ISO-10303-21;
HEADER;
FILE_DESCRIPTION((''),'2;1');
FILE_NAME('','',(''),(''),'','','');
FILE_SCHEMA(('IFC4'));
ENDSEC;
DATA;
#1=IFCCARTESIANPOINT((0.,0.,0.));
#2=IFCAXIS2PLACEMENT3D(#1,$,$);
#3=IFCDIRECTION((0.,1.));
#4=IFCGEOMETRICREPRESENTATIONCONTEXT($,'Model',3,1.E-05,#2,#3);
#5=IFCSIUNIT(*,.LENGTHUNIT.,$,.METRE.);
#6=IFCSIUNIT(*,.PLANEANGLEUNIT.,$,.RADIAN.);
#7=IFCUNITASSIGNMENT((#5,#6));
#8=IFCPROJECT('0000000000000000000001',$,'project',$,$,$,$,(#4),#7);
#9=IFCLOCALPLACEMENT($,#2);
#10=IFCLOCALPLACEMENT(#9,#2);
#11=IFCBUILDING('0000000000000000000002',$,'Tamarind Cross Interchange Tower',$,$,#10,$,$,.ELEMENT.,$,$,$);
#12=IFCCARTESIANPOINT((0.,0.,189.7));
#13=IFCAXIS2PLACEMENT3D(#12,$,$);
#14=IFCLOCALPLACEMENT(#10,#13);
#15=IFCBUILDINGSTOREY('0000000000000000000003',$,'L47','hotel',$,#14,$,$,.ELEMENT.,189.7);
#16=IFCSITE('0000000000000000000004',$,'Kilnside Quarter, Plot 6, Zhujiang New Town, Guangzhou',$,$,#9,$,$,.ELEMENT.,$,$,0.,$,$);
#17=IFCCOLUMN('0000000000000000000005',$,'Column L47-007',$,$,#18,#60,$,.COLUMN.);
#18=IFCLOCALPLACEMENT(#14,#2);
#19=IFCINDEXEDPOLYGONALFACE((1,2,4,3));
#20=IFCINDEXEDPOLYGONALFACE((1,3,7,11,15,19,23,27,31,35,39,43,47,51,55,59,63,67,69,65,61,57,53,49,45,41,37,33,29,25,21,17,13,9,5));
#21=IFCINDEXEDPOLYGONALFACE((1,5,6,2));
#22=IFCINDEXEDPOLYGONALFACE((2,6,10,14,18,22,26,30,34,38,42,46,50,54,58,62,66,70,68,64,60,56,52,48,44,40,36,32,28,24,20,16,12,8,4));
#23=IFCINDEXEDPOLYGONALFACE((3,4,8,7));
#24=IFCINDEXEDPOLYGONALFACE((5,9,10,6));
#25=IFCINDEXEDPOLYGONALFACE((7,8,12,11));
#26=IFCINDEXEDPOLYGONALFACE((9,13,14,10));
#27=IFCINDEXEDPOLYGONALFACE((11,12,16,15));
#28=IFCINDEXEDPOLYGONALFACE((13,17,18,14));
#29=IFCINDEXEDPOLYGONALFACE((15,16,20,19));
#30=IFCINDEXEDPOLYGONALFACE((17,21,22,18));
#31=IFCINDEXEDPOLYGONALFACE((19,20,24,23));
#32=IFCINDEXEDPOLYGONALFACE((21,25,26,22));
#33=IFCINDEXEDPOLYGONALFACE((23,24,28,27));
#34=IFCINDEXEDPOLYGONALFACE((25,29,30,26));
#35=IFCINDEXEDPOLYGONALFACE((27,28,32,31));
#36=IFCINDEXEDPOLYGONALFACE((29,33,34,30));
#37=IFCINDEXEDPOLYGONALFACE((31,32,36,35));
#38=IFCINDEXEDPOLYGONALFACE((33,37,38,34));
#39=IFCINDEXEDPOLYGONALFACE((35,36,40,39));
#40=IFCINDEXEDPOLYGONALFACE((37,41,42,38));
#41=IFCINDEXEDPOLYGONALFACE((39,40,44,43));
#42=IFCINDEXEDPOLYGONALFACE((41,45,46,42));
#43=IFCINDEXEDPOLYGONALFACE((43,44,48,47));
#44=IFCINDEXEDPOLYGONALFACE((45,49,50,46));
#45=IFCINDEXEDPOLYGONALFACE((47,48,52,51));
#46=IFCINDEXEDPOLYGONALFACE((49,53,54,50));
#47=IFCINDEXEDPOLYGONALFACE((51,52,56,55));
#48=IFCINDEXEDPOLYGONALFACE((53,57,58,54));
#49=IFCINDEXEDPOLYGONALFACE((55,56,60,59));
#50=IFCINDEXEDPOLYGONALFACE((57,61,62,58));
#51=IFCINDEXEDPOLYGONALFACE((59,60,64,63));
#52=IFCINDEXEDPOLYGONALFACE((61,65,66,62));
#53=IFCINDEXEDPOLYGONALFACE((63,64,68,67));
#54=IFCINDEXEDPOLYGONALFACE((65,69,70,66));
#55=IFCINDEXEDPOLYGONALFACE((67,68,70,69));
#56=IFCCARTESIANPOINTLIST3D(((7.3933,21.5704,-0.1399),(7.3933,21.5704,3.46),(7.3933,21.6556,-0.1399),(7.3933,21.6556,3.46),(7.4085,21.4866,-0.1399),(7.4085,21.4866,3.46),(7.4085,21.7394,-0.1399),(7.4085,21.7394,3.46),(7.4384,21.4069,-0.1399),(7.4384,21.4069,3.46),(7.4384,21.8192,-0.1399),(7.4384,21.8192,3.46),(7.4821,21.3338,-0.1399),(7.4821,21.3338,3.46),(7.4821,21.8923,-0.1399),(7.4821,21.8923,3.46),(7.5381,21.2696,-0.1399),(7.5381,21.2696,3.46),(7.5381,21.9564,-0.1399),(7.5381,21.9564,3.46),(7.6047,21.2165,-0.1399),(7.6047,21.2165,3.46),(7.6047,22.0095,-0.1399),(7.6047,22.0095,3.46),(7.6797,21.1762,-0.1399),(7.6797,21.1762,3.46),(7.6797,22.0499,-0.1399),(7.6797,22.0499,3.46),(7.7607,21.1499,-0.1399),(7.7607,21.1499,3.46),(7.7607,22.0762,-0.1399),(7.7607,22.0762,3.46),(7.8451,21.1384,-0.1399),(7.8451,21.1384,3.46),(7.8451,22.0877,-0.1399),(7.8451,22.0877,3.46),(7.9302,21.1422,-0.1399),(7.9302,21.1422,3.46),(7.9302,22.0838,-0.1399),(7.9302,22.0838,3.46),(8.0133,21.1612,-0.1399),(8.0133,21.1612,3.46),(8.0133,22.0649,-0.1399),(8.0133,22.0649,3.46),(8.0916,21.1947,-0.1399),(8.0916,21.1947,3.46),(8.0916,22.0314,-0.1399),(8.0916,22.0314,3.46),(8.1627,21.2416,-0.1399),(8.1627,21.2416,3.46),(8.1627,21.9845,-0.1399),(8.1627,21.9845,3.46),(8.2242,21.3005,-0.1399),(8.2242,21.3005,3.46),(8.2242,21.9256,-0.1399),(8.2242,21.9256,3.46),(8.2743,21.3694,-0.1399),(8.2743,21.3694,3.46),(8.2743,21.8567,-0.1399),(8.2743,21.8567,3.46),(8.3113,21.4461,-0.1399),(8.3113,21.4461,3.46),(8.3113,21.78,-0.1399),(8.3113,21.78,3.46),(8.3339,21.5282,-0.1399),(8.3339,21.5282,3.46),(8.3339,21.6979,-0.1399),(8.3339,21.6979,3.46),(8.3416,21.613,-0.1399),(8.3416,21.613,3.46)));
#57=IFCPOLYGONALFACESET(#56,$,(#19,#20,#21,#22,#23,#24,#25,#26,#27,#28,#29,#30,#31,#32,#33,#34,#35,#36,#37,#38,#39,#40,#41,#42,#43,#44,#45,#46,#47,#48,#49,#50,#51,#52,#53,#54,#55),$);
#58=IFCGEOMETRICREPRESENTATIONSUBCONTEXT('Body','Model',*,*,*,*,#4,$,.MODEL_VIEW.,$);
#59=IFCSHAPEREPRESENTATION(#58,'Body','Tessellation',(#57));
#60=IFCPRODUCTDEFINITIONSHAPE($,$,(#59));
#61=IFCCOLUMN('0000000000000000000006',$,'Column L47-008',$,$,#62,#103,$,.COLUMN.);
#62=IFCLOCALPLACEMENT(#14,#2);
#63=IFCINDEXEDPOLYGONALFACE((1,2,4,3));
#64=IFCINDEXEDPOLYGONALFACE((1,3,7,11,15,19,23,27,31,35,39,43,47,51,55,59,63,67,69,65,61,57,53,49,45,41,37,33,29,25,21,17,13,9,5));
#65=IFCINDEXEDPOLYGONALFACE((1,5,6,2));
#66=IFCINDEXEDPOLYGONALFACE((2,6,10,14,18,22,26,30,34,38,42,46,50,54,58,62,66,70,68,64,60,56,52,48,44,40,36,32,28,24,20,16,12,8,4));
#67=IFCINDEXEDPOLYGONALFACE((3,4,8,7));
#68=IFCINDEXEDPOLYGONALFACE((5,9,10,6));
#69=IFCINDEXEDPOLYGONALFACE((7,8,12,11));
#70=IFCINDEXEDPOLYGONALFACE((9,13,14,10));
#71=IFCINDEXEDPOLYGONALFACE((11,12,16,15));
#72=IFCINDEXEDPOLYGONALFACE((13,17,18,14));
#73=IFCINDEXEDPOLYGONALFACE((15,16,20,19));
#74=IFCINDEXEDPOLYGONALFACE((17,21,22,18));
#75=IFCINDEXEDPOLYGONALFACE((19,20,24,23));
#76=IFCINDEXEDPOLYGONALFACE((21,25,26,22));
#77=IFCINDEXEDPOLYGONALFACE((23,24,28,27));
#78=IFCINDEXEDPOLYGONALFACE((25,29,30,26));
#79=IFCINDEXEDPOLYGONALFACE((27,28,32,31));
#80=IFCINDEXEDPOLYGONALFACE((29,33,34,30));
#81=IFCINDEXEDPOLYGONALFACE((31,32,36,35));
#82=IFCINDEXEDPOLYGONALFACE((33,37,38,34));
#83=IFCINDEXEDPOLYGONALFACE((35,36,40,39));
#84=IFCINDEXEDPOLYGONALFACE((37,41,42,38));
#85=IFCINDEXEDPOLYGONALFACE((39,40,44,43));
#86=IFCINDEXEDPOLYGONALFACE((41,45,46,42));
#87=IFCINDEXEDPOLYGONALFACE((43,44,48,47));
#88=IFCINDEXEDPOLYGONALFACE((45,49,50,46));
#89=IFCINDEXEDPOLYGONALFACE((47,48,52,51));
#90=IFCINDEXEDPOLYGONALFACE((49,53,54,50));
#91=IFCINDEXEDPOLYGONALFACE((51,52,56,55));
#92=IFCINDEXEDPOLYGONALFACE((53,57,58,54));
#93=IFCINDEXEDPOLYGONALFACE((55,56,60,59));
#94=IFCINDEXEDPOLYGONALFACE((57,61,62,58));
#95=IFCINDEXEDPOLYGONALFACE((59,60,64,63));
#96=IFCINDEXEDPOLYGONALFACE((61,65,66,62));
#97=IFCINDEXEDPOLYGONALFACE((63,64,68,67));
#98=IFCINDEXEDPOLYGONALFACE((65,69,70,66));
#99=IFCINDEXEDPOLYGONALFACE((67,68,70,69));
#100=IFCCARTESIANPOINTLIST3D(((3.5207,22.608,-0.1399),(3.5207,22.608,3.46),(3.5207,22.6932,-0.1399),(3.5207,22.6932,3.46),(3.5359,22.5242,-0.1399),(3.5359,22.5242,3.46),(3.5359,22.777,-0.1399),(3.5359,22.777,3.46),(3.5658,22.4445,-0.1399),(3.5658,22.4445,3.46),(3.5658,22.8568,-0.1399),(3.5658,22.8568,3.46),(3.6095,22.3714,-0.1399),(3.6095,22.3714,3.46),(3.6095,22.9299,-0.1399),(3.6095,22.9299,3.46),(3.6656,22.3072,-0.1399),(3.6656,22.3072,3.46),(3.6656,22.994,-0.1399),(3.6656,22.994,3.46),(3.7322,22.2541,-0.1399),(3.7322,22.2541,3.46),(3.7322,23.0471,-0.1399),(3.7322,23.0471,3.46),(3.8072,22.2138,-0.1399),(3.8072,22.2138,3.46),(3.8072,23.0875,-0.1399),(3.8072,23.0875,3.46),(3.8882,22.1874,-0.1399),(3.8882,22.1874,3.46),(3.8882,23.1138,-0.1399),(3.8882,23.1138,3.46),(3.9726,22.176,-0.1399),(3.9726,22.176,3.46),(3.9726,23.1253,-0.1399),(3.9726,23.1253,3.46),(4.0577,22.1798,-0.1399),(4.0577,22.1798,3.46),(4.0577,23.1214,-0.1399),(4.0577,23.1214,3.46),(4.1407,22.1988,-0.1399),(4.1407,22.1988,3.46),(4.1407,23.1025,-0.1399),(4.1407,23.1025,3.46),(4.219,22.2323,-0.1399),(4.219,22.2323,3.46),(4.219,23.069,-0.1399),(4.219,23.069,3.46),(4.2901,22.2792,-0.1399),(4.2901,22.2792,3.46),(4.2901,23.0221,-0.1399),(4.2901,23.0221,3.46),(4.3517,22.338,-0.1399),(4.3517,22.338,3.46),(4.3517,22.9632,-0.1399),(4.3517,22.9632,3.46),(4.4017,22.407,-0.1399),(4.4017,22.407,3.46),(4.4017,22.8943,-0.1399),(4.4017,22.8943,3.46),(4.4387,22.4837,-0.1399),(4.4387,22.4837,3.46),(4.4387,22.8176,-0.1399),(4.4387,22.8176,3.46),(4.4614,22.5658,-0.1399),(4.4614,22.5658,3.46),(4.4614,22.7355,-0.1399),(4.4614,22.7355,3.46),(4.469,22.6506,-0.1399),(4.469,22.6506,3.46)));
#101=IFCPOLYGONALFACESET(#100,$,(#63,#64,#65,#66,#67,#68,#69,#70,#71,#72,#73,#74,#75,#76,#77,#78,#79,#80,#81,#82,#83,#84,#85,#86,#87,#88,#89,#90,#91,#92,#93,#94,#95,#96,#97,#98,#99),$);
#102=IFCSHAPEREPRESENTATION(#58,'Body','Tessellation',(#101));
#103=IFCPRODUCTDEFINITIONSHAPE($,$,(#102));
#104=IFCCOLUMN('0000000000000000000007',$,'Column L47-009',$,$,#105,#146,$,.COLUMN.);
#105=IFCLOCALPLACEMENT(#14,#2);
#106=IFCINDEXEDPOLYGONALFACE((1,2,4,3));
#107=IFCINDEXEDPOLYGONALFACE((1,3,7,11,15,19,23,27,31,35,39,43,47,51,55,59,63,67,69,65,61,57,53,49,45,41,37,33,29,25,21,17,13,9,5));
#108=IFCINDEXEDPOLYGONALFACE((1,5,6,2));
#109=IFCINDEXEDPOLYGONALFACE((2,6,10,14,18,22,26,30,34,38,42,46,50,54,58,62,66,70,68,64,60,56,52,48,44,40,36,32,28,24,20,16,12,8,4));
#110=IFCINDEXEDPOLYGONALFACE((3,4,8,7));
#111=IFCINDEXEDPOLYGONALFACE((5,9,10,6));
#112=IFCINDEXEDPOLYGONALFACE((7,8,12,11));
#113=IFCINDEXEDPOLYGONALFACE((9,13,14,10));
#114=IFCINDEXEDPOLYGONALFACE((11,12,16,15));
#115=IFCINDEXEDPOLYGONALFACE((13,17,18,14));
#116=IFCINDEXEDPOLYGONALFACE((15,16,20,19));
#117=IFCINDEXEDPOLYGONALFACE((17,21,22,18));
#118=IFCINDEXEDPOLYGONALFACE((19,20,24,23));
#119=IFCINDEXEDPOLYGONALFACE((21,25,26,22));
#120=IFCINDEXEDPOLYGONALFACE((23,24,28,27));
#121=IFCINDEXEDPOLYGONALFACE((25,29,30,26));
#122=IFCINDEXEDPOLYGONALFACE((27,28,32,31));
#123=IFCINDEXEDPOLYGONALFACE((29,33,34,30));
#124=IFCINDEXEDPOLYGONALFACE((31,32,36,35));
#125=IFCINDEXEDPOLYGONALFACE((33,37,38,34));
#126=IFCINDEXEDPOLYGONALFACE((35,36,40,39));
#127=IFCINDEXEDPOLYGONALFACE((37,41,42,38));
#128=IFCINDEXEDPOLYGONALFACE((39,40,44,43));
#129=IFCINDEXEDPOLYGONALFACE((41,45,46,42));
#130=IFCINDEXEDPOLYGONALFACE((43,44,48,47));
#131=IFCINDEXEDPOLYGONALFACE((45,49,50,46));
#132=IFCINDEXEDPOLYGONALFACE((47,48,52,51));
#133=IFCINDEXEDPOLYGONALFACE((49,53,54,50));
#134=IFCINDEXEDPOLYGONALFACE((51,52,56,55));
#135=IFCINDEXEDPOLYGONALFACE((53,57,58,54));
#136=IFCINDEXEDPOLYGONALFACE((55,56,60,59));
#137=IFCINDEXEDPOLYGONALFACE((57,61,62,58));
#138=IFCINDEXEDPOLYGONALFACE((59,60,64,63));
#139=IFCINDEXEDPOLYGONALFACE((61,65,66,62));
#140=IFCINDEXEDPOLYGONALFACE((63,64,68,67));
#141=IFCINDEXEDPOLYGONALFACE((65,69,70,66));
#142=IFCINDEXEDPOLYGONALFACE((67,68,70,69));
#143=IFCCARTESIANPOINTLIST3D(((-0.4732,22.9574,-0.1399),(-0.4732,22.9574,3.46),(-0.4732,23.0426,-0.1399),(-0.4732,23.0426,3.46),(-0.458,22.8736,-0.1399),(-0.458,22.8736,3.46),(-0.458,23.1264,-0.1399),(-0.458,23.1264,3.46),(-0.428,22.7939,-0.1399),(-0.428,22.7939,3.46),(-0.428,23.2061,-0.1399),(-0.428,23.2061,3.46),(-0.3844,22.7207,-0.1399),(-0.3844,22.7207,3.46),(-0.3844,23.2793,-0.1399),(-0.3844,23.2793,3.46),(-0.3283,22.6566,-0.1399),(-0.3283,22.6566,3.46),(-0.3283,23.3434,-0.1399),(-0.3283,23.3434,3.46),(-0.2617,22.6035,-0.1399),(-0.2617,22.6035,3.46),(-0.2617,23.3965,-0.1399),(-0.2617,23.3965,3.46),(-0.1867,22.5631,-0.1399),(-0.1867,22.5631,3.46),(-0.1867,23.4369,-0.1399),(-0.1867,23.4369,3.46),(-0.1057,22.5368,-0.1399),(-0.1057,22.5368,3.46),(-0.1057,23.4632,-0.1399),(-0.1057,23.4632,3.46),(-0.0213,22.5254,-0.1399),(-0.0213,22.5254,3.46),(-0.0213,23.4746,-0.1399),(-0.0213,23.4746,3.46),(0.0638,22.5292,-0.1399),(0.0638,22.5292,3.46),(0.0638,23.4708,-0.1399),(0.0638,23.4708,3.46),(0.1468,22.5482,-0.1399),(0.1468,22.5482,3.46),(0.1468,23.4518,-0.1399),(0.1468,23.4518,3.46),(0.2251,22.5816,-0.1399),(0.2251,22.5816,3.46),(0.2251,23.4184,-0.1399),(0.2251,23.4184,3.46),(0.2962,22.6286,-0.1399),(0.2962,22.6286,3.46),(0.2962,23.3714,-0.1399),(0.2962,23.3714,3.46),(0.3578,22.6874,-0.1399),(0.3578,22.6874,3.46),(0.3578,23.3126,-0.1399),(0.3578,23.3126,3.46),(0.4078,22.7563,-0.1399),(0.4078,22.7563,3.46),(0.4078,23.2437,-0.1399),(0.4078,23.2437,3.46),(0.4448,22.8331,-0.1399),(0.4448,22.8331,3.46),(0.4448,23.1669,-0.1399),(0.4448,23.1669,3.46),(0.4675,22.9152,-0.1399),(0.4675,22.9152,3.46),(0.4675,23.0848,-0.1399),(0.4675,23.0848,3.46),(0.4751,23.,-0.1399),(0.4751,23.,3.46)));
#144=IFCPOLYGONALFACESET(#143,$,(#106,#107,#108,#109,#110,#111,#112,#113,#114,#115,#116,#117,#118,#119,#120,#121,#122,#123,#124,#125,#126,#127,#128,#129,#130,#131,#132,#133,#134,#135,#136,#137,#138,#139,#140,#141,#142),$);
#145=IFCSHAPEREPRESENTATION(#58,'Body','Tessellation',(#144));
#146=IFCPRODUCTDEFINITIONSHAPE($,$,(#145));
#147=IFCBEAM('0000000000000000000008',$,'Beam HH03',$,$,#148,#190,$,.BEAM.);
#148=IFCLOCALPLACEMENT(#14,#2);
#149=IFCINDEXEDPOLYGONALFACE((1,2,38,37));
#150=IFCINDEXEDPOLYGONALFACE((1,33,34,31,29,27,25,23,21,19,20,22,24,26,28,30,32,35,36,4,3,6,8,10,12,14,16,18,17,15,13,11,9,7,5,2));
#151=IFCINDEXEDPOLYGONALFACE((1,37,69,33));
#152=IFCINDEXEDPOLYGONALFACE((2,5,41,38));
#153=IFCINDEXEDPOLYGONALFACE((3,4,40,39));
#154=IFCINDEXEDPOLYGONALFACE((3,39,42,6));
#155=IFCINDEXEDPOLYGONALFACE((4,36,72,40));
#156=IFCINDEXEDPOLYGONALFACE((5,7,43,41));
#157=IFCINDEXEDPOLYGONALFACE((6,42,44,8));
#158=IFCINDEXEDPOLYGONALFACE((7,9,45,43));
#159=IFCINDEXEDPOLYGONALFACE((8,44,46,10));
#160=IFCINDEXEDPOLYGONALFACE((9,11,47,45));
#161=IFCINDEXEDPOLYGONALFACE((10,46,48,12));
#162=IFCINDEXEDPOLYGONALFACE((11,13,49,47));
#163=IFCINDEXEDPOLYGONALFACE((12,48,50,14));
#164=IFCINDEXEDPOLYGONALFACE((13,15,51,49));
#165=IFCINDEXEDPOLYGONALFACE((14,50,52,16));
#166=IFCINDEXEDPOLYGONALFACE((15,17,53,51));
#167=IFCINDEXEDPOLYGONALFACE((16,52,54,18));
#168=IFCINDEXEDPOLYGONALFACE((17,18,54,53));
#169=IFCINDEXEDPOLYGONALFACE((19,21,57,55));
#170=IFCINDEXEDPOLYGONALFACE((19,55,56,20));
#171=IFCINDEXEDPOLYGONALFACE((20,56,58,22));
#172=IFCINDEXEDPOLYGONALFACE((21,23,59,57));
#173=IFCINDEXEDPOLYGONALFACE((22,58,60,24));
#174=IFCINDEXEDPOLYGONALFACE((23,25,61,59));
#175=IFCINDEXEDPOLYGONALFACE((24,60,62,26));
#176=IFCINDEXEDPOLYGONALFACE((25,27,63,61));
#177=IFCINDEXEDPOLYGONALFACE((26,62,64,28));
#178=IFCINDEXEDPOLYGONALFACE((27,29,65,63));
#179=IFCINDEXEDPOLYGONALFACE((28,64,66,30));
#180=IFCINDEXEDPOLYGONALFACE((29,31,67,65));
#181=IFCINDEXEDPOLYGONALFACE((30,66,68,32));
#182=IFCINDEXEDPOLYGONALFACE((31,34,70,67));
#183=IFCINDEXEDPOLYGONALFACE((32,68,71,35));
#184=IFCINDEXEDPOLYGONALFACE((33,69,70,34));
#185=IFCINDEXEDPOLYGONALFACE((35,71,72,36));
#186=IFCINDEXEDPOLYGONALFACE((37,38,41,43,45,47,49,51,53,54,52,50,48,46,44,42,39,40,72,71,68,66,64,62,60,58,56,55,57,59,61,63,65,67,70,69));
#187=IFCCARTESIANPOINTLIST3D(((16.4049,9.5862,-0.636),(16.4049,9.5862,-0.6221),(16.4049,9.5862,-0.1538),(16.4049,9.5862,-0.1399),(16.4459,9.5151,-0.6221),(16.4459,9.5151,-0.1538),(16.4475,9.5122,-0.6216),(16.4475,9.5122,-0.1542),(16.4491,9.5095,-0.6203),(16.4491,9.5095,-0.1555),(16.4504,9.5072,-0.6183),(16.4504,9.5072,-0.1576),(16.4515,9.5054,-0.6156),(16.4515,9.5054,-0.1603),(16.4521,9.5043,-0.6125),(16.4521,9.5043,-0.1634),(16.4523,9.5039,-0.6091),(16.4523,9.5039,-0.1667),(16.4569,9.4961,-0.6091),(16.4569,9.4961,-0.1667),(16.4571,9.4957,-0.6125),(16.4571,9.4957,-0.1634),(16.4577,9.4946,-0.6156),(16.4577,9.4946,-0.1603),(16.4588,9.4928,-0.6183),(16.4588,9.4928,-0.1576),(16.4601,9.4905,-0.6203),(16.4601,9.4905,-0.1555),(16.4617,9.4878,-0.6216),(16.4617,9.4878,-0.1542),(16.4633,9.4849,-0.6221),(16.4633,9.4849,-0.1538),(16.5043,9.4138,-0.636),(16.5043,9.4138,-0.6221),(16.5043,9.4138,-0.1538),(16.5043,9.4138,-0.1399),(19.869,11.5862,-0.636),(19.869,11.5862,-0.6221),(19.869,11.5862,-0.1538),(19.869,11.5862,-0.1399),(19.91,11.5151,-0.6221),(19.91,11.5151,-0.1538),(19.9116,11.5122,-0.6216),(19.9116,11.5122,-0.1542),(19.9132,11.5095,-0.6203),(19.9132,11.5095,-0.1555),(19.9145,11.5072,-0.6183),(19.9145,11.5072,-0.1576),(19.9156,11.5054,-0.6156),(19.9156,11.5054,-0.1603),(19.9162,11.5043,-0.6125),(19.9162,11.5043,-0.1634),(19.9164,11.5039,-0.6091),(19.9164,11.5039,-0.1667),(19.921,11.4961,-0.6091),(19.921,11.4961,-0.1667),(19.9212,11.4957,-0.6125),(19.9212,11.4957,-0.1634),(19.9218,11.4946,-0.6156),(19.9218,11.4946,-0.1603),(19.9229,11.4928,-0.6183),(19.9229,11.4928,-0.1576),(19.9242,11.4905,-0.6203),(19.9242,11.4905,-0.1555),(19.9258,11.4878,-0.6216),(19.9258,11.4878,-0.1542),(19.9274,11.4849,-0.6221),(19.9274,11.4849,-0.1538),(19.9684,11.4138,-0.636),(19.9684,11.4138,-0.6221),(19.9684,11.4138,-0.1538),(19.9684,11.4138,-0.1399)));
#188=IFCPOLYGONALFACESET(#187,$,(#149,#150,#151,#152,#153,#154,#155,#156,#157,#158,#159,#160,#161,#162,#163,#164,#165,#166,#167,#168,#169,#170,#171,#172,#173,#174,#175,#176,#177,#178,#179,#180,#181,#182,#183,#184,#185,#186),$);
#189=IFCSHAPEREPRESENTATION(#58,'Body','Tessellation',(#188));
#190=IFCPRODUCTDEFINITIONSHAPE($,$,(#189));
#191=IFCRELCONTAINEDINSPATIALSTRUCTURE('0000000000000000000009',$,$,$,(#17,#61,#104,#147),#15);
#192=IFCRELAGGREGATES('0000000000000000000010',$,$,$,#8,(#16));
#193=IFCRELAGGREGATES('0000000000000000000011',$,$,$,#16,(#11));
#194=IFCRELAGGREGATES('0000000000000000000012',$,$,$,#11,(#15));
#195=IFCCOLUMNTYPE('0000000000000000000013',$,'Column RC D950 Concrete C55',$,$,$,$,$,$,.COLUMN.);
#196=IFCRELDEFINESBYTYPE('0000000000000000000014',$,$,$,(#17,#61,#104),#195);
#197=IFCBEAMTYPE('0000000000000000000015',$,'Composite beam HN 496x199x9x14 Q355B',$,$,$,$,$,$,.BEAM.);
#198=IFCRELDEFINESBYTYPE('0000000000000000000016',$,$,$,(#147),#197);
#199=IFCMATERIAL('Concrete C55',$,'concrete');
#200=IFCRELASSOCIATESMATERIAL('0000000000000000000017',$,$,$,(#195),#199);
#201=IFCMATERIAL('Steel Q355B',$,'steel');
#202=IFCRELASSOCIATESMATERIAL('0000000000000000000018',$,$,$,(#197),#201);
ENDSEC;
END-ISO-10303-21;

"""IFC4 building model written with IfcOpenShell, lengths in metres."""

from ifc_helpers import new_model, si_unit, direction, frame, origin, origin_2d, place, context, subcontext, project, spatial, circle, i_section, extrude, material, material_profile, profile_set, type_object, element, save


model = new_model("IFC4")

# Units and contexts
model_context = context("Model", 3, precision=1e-05, world=origin(), true_north=direction((0.0, 1.0)))
body_context = subcontext(model_context, "Body", "Model", "MODEL_VIEW")
ifc_project = project(units=[si_unit("LENGTHUNIT", "METRE"), si_unit("PLANEANGLEUNIT", "RADIAN")], contexts=[model_context])

# Site, building, storey
site_placement = place(None, origin())
site = spatial("IfcSite", under=ifc_project, at=site_placement, Name="Kilnside Quarter, Plot 6, Zhujiang New Town, Guangzhou", CompositionType="ELEMENT", RefElevation=0.0)
building_placement = place(site_placement, origin())
building = spatial("IfcBuilding", under=site, at=building_placement, Name="Tamarind Cross Interchange Tower", CompositionType="ELEMENT")
storey_placement = place(building_placement, frame((0.0, 0.0, 189.7)))
storey = spatial("IfcBuildingStorey", under=building, at=storey_placement, Name="L47", Description="hotel", CompositionType="ELEMENT", Elevation=189.7)

# Columns
ifc_material_1 = material(Name="Concrete C55", Category="concrete")
ifc_material_profile_1 = material_profile(ifc_material_1, circle(Radius=0.4751, at=origin_2d()), Name="RC D950")
ifc_profile_set_1 = profile_set([ifc_material_profile_1], Name="Concrete C55")
column_type = type_object("IfcColumnType", Name="Column RC D950 Concrete C55", PredefinedType="COLUMN", material=ifc_profile_set_1)
for number, where, z_axis, x_axis, name in (
    (1, (7.8665, 21.613, -0.1399), (0.0, 0.0, 1.0), (1.0, 0.0, 0.0), "Column L47-007"),
    (2, (3.9939, 22.6506, -0.1399), (0.0, 0.0, 1.0), (1.0, 0.0, 0.0), "Column L47-008"),
    (3, (0.0, 23.0, -0.1399), (0.0, 0.0, 1.0), (1.0, 0.0, 0.0), "Column L47-009"),
):
    element("IfcColumn", number, at=place(storey_placement, frame(where, z_axis=z_axis, x_axis=x_axis)), inside=storey, type_object=column_type, Name=name, PredefinedType="COLUMN", context=body_context, shape_type="SweptSolid", body=[
        extrude(circle(Radius=0.4751, at=origin_2d()), origin(), (0.0, 0.0, 1.0), 3.5999),
    ])

# Beam
ifc_material_2 = material(Name="Steel Q355B", Category="steel")
ifc_material_profile_2 = material_profile(ifc_material_2, i_section(OverallWidth=0.199, OverallDepth=0.4961, WebThickness=0.009, FlangeThickness=0.0139, FilletRadius=0.0129, at=origin_2d()), Name="HN 496x199x9x14")
ifc_profile_set_2 = profile_set([ifc_material_profile_2], Name="Steel Q355B")
beam_type = type_object("IfcBeamType", Name="Composite beam HN 496x199x9x14 Q355B", PredefinedType="BEAM", material=ifc_profile_set_2)
beam_1_placement = place(storey_placement, frame((19.9187, 11.5, -0.3879), z_axis=(-0.866026, -0.499999, 0.0), x_axis=(0.499999, -0.866026, 0.0)))
element("IfcBeam", 4, at=beam_1_placement, inside=storey, type_object=beam_type, Name="Beam HH03", PredefinedType="BEAM", context=body_context, shape_type="SweptSolid", body=[
    extrude(i_section(OverallWidth=0.199, OverallDepth=0.4961, WebThickness=0.009, FlangeThickness=0.0139, FilletRadius=0.0129, at=origin_2d()), origin(), (0.0, 0.0, 1.0), 4.0),
])

save(model, "model.ifc")
